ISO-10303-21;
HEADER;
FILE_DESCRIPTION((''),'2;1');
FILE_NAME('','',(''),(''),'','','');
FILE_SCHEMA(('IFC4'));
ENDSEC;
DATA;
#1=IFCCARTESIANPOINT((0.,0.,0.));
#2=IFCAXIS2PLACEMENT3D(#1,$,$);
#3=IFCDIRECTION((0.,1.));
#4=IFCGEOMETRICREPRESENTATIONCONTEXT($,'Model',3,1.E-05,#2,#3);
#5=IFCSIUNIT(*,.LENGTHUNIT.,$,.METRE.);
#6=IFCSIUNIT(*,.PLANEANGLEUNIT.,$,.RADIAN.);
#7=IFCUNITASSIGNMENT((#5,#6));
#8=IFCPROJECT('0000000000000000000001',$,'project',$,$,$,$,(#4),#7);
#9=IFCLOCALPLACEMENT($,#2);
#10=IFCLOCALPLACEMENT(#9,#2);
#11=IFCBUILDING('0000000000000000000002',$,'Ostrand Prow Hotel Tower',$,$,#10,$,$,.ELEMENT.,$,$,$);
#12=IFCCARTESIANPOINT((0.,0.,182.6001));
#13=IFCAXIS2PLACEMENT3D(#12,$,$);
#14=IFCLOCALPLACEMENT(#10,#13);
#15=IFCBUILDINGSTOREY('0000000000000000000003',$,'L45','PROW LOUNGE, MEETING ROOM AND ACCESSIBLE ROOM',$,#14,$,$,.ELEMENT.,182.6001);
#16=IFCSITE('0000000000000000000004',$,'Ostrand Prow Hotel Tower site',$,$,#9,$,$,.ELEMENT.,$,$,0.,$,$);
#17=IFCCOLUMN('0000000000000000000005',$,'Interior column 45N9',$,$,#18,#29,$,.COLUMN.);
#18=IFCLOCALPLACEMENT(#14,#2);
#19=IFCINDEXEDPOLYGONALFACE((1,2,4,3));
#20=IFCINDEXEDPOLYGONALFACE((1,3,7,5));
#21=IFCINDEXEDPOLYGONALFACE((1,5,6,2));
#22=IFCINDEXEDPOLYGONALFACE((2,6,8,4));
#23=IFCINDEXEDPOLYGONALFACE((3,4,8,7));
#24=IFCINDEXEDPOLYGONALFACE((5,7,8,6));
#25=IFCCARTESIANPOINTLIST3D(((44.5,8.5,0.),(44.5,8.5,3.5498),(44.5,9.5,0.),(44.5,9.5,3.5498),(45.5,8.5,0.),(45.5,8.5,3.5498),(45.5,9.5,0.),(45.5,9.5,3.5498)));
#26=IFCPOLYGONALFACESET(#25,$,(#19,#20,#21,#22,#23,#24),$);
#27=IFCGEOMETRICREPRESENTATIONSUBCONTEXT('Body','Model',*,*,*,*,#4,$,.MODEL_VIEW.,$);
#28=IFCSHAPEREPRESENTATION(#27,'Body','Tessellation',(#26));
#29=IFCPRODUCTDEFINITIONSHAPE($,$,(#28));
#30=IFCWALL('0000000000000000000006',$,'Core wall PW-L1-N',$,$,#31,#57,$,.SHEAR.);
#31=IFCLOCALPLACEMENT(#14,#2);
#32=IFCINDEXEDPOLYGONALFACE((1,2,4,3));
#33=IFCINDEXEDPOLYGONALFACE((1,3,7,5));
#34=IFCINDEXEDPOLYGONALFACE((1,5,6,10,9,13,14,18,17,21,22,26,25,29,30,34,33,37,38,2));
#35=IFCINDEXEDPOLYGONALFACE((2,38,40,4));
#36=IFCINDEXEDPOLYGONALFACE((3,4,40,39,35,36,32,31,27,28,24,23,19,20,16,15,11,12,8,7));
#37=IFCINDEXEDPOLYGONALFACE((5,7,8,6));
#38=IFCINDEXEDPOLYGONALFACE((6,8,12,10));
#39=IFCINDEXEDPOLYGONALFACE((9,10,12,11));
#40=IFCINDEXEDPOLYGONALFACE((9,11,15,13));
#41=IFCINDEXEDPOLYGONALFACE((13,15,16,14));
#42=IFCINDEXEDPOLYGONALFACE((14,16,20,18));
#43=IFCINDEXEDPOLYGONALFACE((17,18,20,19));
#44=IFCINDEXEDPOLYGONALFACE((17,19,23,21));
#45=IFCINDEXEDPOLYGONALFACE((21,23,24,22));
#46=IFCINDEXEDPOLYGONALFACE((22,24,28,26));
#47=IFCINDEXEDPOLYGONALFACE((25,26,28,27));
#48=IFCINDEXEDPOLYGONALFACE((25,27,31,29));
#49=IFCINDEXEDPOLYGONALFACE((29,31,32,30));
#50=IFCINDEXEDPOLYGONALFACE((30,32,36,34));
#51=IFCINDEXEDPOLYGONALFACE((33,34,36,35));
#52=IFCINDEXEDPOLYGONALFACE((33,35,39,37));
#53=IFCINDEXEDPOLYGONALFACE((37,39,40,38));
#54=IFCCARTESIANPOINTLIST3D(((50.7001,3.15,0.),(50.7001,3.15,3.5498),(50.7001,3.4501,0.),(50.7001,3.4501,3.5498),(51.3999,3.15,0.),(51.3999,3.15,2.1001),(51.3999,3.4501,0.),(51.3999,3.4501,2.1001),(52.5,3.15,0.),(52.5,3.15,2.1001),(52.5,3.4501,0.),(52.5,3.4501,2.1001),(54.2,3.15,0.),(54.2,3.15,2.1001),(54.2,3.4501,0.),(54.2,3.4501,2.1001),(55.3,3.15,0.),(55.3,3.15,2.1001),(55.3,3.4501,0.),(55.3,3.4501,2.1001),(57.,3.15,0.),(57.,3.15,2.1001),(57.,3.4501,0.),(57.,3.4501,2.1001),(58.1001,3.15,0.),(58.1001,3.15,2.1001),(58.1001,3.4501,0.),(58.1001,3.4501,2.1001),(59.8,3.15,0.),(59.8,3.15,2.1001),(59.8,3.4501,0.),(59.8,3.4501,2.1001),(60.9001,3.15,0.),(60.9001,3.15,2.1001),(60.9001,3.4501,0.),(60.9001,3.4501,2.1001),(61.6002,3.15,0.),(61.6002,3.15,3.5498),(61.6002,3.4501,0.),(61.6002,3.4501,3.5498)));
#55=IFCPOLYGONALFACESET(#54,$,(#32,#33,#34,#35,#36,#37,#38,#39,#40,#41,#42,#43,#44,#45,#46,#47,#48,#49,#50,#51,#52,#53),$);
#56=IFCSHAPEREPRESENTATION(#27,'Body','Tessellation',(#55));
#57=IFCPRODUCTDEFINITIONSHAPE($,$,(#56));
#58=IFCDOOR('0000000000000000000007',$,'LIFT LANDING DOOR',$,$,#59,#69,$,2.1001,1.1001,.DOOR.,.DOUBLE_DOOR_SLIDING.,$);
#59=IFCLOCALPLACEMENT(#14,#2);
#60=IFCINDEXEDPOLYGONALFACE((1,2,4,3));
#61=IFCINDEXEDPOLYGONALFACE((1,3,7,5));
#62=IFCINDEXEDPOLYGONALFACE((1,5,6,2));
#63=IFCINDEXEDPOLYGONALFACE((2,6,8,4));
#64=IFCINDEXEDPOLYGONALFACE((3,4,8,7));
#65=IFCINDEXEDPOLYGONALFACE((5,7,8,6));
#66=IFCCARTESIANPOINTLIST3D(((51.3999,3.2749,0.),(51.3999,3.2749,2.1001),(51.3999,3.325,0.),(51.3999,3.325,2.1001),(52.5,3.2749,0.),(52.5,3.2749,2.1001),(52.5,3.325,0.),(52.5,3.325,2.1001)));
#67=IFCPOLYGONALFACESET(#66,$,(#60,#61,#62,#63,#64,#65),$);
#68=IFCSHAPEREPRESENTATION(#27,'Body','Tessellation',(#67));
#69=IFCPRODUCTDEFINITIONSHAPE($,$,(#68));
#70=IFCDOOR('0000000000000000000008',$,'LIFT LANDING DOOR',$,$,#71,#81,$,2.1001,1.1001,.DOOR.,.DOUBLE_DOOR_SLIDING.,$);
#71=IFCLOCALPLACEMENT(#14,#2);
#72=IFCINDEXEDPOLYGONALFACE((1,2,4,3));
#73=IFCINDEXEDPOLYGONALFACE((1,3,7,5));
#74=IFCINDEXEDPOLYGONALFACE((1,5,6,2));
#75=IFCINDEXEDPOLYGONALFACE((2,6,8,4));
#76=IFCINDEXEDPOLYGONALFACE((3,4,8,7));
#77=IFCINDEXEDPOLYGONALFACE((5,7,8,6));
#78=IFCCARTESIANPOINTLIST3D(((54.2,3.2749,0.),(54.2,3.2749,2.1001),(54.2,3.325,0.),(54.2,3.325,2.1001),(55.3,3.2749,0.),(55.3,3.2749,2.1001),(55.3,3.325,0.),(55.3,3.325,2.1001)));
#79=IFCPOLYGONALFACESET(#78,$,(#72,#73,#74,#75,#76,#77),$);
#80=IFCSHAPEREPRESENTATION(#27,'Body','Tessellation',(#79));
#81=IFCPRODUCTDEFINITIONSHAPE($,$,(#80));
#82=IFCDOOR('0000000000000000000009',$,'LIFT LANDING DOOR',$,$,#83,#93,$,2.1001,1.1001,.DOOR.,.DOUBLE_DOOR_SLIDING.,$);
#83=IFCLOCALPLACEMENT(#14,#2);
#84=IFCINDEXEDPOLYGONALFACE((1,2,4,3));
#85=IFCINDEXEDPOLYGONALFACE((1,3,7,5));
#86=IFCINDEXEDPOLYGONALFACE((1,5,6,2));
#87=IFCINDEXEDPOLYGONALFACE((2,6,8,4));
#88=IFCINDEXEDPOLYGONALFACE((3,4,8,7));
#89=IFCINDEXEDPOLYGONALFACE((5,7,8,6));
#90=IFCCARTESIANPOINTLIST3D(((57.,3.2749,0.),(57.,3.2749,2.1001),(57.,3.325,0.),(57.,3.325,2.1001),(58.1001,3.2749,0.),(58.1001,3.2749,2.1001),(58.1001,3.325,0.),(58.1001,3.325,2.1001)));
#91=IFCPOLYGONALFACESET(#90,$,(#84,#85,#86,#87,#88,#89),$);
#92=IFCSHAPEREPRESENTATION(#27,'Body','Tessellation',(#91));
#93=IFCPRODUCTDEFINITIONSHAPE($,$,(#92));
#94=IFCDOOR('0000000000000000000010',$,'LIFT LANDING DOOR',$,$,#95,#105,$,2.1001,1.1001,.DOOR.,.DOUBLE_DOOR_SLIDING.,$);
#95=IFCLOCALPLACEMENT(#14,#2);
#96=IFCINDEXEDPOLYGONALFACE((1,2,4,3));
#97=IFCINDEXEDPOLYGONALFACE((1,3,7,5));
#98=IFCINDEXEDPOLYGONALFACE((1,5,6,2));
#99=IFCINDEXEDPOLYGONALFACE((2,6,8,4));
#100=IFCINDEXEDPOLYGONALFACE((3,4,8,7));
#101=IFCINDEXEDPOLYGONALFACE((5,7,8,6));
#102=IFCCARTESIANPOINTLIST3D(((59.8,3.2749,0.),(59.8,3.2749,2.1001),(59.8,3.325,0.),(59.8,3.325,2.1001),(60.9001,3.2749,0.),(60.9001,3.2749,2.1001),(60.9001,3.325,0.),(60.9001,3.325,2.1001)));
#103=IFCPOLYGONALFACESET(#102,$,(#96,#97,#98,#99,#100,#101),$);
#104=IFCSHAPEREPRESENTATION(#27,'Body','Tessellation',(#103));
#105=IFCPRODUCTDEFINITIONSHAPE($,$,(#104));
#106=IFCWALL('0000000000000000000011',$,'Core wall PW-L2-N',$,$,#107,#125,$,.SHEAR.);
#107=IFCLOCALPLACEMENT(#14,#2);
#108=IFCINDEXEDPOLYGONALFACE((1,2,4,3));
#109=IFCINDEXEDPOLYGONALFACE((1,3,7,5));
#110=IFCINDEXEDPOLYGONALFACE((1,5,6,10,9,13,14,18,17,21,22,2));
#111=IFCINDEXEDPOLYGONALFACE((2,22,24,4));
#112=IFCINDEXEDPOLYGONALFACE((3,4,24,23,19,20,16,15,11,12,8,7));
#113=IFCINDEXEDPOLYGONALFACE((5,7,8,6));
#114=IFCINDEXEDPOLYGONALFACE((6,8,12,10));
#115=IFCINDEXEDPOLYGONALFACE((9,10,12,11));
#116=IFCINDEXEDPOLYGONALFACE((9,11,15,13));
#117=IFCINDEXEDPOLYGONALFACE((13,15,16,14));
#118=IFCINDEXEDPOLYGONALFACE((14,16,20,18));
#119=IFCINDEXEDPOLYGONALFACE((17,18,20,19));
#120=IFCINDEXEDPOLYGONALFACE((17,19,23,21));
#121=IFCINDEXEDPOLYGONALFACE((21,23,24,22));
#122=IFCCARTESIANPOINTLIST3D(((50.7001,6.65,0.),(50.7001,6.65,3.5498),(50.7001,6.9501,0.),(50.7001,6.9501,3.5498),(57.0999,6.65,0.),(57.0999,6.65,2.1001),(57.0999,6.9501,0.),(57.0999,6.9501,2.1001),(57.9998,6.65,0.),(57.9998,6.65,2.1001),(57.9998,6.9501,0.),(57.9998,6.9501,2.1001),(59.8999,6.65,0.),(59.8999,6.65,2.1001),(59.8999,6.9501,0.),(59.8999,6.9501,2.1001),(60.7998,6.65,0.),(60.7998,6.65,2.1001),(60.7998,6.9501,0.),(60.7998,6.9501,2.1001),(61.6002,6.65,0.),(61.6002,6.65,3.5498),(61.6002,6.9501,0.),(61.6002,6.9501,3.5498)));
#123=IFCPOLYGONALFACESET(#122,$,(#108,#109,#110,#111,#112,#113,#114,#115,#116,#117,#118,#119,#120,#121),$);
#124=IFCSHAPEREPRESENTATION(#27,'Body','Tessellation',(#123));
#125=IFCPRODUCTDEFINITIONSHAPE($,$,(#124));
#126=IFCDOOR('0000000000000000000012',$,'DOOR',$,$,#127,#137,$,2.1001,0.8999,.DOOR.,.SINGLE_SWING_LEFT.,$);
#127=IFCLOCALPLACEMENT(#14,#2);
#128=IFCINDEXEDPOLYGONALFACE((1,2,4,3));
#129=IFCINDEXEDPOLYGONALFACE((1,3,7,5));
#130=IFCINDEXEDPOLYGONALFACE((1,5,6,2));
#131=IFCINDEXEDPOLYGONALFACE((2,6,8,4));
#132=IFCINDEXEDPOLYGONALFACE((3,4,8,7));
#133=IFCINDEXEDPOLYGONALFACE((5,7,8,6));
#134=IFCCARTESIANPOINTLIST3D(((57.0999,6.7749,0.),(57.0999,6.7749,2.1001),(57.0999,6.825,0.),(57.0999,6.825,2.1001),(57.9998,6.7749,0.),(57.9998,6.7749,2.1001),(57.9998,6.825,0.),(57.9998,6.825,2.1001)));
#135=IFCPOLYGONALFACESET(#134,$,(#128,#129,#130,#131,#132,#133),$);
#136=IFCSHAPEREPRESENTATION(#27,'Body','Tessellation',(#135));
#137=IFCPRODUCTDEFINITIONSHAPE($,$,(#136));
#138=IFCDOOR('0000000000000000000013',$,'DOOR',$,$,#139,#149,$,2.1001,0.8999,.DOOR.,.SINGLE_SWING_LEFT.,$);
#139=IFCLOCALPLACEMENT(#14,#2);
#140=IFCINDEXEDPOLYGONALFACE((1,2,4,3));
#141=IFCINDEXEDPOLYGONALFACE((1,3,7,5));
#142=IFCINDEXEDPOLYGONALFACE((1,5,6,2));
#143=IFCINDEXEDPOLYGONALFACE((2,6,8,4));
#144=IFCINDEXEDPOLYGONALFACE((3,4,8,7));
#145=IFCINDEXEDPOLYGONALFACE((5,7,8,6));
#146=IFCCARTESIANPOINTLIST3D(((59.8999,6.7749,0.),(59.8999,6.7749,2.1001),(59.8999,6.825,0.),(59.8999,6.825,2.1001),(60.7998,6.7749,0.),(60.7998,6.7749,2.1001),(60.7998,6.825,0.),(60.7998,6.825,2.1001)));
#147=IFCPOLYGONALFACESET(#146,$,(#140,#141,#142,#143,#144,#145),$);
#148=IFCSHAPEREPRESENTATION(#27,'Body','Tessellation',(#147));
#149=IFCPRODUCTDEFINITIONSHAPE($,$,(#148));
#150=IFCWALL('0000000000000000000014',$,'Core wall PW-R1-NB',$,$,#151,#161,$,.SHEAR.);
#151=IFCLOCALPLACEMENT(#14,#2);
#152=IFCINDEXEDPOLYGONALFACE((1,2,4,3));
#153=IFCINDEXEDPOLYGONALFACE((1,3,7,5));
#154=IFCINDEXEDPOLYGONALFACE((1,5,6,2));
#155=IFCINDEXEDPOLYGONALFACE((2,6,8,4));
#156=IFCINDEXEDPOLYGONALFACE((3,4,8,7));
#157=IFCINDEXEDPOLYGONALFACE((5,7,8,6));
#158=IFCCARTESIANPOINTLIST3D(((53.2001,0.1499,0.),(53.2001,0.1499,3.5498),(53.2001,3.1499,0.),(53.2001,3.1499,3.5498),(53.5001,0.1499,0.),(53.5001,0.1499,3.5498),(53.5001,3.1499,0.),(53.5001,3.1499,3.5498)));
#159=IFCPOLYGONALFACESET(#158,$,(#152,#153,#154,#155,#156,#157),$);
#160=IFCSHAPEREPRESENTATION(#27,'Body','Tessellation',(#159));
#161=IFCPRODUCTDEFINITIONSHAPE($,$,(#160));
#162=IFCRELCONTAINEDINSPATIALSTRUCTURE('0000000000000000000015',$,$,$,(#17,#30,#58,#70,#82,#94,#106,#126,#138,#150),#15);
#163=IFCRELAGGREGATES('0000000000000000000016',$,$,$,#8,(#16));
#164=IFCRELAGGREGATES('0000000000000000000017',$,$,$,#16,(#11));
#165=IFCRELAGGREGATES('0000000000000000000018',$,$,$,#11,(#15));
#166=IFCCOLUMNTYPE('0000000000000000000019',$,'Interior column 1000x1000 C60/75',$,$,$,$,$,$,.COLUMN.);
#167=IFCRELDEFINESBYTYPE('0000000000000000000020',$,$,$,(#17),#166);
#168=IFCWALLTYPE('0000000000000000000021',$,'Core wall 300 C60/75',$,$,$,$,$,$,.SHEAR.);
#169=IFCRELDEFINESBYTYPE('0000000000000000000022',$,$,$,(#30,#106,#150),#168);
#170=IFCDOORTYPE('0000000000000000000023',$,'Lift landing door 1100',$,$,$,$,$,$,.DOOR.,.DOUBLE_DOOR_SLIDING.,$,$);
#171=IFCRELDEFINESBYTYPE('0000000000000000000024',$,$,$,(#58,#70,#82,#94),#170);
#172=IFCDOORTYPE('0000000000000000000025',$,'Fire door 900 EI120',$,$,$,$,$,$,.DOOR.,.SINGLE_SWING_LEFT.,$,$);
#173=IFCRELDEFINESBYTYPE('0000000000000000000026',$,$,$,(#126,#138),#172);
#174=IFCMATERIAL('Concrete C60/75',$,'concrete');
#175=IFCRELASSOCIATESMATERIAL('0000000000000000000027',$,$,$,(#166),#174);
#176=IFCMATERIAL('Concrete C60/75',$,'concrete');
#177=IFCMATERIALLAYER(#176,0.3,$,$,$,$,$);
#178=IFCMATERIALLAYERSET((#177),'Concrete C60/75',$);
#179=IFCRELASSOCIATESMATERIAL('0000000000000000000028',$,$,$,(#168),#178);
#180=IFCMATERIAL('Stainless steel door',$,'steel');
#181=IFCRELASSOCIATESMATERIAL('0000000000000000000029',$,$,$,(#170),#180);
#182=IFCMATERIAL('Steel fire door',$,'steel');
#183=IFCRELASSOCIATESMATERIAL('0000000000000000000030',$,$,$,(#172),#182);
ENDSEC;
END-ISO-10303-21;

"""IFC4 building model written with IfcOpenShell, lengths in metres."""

from ifc_helpers import new_model, si_unit, direction, frame, frame_2d, origin, origin_2d, place, context, subcontext, project, spatial, rectangle, extrude, material, layer, layer_set, material_profile, profile_set, type_object, element, fill, save


model = new_model("IFC4")

# Units and contexts
model_context = context("Model", 3, precision=1e-05, world=origin(), true_north=direction((0.0, 1.0)))
body_context = subcontext(model_context, "Body", "Model", "MODEL_VIEW")
ifc_project = project(units=[si_unit("LENGTHUNIT", "METRE"), si_unit("PLANEANGLEUNIT", "RADIAN")], contexts=[model_context])

# Site, building, storey
site_placement = place(None, origin())
site = spatial("IfcSite", under=ifc_project, at=site_placement, Name="Ostrand Prow Hotel Tower site", CompositionType="ELEMENT", RefElevation=0.0)
building_placement = place(site_placement, origin())
building = spatial("IfcBuilding", under=site, at=building_placement, Name="Ostrand Prow Hotel Tower", CompositionType="ELEMENT")
storey_placement = place(building_placement, frame((0.0, 0.0, 182.6001)))
storey = spatial("IfcBuildingStorey", under=building, at=storey_placement, Name="L45", Description="PROW LOUNGE, MEETING ROOM AND ACCESSIBLE ROOM", CompositionType="ELEMENT", Elevation=182.6001)

# Column
ifc_material_1 = material(Name="Concrete C60/75", Category="concrete")
ifc_material_profile = material_profile(ifc_material_1, rectangle(XDim=1.0, YDim=1.0, at=origin_2d()), Name="RC 1000x1000")
ifc_profile_set = profile_set([ifc_material_profile], Name="Concrete C60/75")
column_type = type_object("IfcColumnType", Name="Interior column 1000x1000 C60/75", PredefinedType="COLUMN", material=ifc_profile_set)
column_placement = place(storey_placement, frame((45.0, 9.0, 0.0), z_axis=(0.0, 0.0, 1.0), x_axis=(1.0, 0.0, 0.0)))
element("IfcColumn", 1, at=column_placement, inside=storey, type_object=column_type, Name="Interior column 45N9", PredefinedType="COLUMN", context=body_context, shape_type="SweptSolid", body=[
    extrude(rectangle(XDim=1.0, YDim=1.0, at=origin_2d()), origin(), (0.0, 0.0, 1.0), 3.5498),
])

# Walls, openings, doors
ifc_material_2 = material(Name="Concrete C60/75", Category="concrete")
ifc_layer_1 = layer(ifc_material_2, 0.3)
ifc_layer_set_1 = layer_set([ifc_layer_1], Name="Concrete C60/75")
wall_type_1 = type_object("IfcWallType", Name="Core wall 300 C60/75", PredefinedType="SHEAR", material=ifc_layer_set_1)
wall_1_placement = place(storey_placement, frame((50.7, 3.3, 0.0), z_axis=(0.0, 0.0, 1.0), x_axis=(1.0, 0.0, 0.0)))
wall_1 = element("IfcWall", 2, at=wall_1_placement, inside=storey, type_object=wall_type_1, Name="Core wall PW-L1-N", PredefinedType="SHEAR", context=body_context, shape_type="SweptSolid", body=[
    extrude(rectangle(XDim=10.9001, YDim=0.3, at=frame_2d((5.4502, 0.0))), origin(), (0.0, 0.0, 1.0), 3.5498),
])
opening_1_placement = place(wall_1_placement, frame((0.7, 0.0, 0.0)))
opening_1 = element("IfcOpeningElement", 3, at=opening_1_placement, cuts=wall_1, PredefinedType="OPENING", context=body_context, shape_type="SweptSolid", body=[
    extrude(rectangle(XDim=1.1001, YDim=2.1001, at=frame_2d((0.55, 1.05))), frame((0.0, 0.1599, 0.0), z_axis=(0.0, -1.0, 0.0), x_axis=(1.0, 0.0, 0.0)), (0.0, 0.0, 1.0), 0.3201),
])
opening_2_placement = place(wall_1_placement, frame((3.5, 0.0, 0.0)))
opening_2 = element("IfcOpeningElement", 4, at=opening_2_placement, cuts=wall_1, PredefinedType="OPENING", context=body_context, shape_type="SweptSolid", body=[
    extrude(rectangle(XDim=1.1001, YDim=2.1001, at=frame_2d((0.55, 1.05))), frame((0.0, 0.1599, 0.0), z_axis=(0.0, -1.0, 0.0), x_axis=(1.0, 0.0, 0.0)), (0.0, 0.0, 1.0), 0.3201),
])
opening_3_placement = place(wall_1_placement, frame((6.3, 0.0, 0.0)))
opening_3 = element("IfcOpeningElement", 5, at=opening_3_placement, cuts=wall_1, PredefinedType="OPENING", context=body_context, shape_type="SweptSolid", body=[
    extrude(rectangle(XDim=1.1001, YDim=2.1001, at=frame_2d((0.55, 1.05))), frame((0.0, 0.1599, 0.0), z_axis=(0.0, -1.0, 0.0), x_axis=(1.0, 0.0, 0.0)), (0.0, 0.0, 1.0), 0.3201),
])
opening_4_placement = place(wall_1_placement, frame((9.1001, 0.0, 0.0)))
opening_4 = element("IfcOpeningElement", 6, at=opening_4_placement, cuts=wall_1, PredefinedType="OPENING", context=body_context, shape_type="SweptSolid", body=[
    extrude(rectangle(XDim=1.1001, YDim=2.1001, at=frame_2d((0.55, 1.05))), frame((0.0, 0.1599, 0.0), z_axis=(0.0, -1.0, 0.0), x_axis=(1.0, 0.0, 0.0)), (0.0, 0.0, 1.0), 0.3201),
])
ifc_material_3 = material(Name="Stainless steel door", Category="steel")
door_type_1 = type_object("IfcDoorType", Name="Lift landing door 1100", OperationType="DOUBLE_DOOR_SLIDING", PredefinedType="DOOR", material=ifc_material_3)
door_1_placement = place(opening_1_placement, origin())
door_1 = element("IfcDoor", 7, at=door_1_placement, inside=storey, type_object=door_type_1, Name="LIFT LANDING DOOR", OperationType="DOUBLE_DOOR_SLIDING", OverallHeight=2.1001, OverallWidth=1.1001, PredefinedType="DOOR", context=body_context, shape_type="SweptSolid", body=[
    extrude(rectangle(XDim=1.1001, YDim=2.1001, at=frame_2d((0.55, 1.05))), frame((0.0, 0.0249, 0.0), z_axis=(0.0, -1.0, 0.0), x_axis=(1.0, 0.0, 0.0)), (0.0, 0.0, 1.0), 0.05),
])
fill(opening_1, door_1)
door_2_placement = place(opening_2_placement, origin())
door_2 = element("IfcDoor", 8, at=door_2_placement, inside=storey, type_object=door_type_1, Name="LIFT LANDING DOOR", OperationType="DOUBLE_DOOR_SLIDING", OverallHeight=2.1001, OverallWidth=1.1001, PredefinedType="DOOR", context=body_context, shape_type="SweptSolid", body=[
    extrude(rectangle(XDim=1.1001, YDim=2.1001, at=frame_2d((0.55, 1.05))), frame((0.0, 0.0249, 0.0), z_axis=(0.0, -1.0, 0.0), x_axis=(1.0, 0.0, 0.0)), (0.0, 0.0, 1.0), 0.05),
])
fill(opening_2, door_2)
door_3_placement = place(opening_3_placement, origin())
door_3 = element("IfcDoor", 9, at=door_3_placement, inside=storey, type_object=door_type_1, Name="LIFT LANDING DOOR", OperationType="DOUBLE_DOOR_SLIDING", OverallHeight=2.1001, OverallWidth=1.1001, PredefinedType="DOOR", context=body_context, shape_type="SweptSolid", body=[
    extrude(rectangle(XDim=1.1001, YDim=2.1001, at=frame_2d((0.55, 1.05))), frame((0.0, 0.0249, 0.0), z_axis=(0.0, -1.0, 0.0), x_axis=(1.0, 0.0, 0.0)), (0.0, 0.0, 1.0), 0.05),
])
fill(opening_3, door_3)
door_4_placement = place(opening_4_placement, origin())
door_4 = element("IfcDoor", 10, at=door_4_placement, inside=storey, type_object=door_type_1, Name="LIFT LANDING DOOR", OperationType="DOUBLE_DOOR_SLIDING", OverallHeight=2.1001, OverallWidth=1.1001, PredefinedType="DOOR", context=body_context, shape_type="SweptSolid", body=[
    extrude(rectangle(XDim=1.1001, YDim=2.1001, at=frame_2d((0.55, 1.05))), frame((0.0, 0.0249, 0.0), z_axis=(0.0, -1.0, 0.0), x_axis=(1.0, 0.0, 0.0)), (0.0, 0.0, 1.0), 0.05),
])
fill(opening_4, door_4)
wall_2_placement = place(storey_placement, frame((50.7, 6.8, 0.0), z_axis=(0.0, 0.0, 1.0), x_axis=(1.0, 0.0, 0.0)))
wall_2 = element("IfcWall", 11, at=wall_2_placement, inside=storey, type_object=wall_type_1, Name="Core wall PW-L2-N", PredefinedType="SHEAR", context=body_context, shape_type="SweptSolid", body=[
    extrude(rectangle(XDim=10.9001, YDim=0.3, at=frame_2d((5.4502, 0.0))), origin(), (0.0, 0.0, 1.0), 3.5498),
])
opening_5_placement = place(wall_2_placement, frame((6.3999, 0.0, 0.0)))
opening_5 = element("IfcOpeningElement", 12, at=opening_5_placement, cuts=wall_2, PredefinedType="OPENING", context=body_context, shape_type="SweptSolid", body=[
    extrude(rectangle(XDim=0.8999, YDim=2.1001, at=frame_2d((0.45, 1.05))), frame((0.0, 0.1599, 0.0), z_axis=(0.0, -1.0, 0.0), x_axis=(1.0, 0.0, 0.0)), (0.0, 0.0, 1.0), 0.3201),
])
opening_6_placement = place(wall_2_placement, frame((9.2, 0.0, 0.0)))
opening_6 = element("IfcOpeningElement", 13, at=opening_6_placement, cuts=wall_2, PredefinedType="OPENING", context=body_context, shape_type="SweptSolid", body=[
    extrude(rectangle(XDim=0.8999, YDim=2.1001, at=frame_2d((0.45, 1.05))), frame((0.0, 0.1599, 0.0), z_axis=(0.0, -1.0, 0.0), x_axis=(1.0, 0.0, 0.0)), (0.0, 0.0, 1.0), 0.3201),
])
ifc_material_4 = material(Name="Steel fire door", Category="steel")
door_type_2 = type_object("IfcDoorType", Name="Fire door 900 EI120", OperationType="SINGLE_SWING_LEFT", PredefinedType="DOOR", material=ifc_material_4)
door_5_placement = place(opening_5_placement, origin())
door_5 = element("IfcDoor", 14, at=door_5_placement, inside=storey, type_object=door_type_2, Name="DOOR", OperationType="SINGLE_SWING_LEFT", OverallHeight=2.1001, OverallWidth=0.8999, PredefinedType="DOOR", context=body_context, shape_type="SweptSolid", body=[
    extrude(rectangle(XDim=0.8999, YDim=2.1001, at=frame_2d((0.45, 1.05))), frame((0.0, 0.0249, 0.0), z_axis=(0.0, -1.0, 0.0), x_axis=(1.0, 0.0, 0.0)), (0.0, 0.0, 1.0), 0.05),
])
fill(opening_5, door_5)
door_6_placement = place(opening_6_placement, origin())
door_6 = element("IfcDoor", 15, at=door_6_placement, inside=storey, type_object=door_type_2, Name="DOOR", OperationType="SINGLE_SWING_LEFT", OverallHeight=2.1001, OverallWidth=0.8999, PredefinedType="DOOR", context=body_context, shape_type="SweptSolid", body=[
    extrude(rectangle(XDim=0.8999, YDim=2.1001, at=frame_2d((0.45, 1.05))), frame((0.0, 0.0249, 0.0), z_axis=(0.0, -1.0, 0.0), x_axis=(1.0, 0.0, 0.0)), (0.0, 0.0, 1.0), 0.05),
])
fill(opening_6, door_6)

# Wall
for number, where, z_axis, x_axis, name in (
    (16, (53.3501, 0.1499, 0.0), (0.0, 0.0, 1.0), (0.0, 1.0, 0.0), "Core wall PW-R1-NB"),
):
    element("IfcWall", number, at=place(storey_placement, frame(where, z_axis=z_axis, x_axis=x_axis)), inside=storey, type_object=wall_type_1, Name=name, PredefinedType="SHEAR", context=body_context, shape_type="SweptSolid", body=[
        extrude(rectangle(XDim=3.0, YDim=0.3, at=frame_2d((1.5, 0.0))), origin(), (0.0, 0.0, 1.0), 3.5498),
    ])

save(model, "model.ifc")
